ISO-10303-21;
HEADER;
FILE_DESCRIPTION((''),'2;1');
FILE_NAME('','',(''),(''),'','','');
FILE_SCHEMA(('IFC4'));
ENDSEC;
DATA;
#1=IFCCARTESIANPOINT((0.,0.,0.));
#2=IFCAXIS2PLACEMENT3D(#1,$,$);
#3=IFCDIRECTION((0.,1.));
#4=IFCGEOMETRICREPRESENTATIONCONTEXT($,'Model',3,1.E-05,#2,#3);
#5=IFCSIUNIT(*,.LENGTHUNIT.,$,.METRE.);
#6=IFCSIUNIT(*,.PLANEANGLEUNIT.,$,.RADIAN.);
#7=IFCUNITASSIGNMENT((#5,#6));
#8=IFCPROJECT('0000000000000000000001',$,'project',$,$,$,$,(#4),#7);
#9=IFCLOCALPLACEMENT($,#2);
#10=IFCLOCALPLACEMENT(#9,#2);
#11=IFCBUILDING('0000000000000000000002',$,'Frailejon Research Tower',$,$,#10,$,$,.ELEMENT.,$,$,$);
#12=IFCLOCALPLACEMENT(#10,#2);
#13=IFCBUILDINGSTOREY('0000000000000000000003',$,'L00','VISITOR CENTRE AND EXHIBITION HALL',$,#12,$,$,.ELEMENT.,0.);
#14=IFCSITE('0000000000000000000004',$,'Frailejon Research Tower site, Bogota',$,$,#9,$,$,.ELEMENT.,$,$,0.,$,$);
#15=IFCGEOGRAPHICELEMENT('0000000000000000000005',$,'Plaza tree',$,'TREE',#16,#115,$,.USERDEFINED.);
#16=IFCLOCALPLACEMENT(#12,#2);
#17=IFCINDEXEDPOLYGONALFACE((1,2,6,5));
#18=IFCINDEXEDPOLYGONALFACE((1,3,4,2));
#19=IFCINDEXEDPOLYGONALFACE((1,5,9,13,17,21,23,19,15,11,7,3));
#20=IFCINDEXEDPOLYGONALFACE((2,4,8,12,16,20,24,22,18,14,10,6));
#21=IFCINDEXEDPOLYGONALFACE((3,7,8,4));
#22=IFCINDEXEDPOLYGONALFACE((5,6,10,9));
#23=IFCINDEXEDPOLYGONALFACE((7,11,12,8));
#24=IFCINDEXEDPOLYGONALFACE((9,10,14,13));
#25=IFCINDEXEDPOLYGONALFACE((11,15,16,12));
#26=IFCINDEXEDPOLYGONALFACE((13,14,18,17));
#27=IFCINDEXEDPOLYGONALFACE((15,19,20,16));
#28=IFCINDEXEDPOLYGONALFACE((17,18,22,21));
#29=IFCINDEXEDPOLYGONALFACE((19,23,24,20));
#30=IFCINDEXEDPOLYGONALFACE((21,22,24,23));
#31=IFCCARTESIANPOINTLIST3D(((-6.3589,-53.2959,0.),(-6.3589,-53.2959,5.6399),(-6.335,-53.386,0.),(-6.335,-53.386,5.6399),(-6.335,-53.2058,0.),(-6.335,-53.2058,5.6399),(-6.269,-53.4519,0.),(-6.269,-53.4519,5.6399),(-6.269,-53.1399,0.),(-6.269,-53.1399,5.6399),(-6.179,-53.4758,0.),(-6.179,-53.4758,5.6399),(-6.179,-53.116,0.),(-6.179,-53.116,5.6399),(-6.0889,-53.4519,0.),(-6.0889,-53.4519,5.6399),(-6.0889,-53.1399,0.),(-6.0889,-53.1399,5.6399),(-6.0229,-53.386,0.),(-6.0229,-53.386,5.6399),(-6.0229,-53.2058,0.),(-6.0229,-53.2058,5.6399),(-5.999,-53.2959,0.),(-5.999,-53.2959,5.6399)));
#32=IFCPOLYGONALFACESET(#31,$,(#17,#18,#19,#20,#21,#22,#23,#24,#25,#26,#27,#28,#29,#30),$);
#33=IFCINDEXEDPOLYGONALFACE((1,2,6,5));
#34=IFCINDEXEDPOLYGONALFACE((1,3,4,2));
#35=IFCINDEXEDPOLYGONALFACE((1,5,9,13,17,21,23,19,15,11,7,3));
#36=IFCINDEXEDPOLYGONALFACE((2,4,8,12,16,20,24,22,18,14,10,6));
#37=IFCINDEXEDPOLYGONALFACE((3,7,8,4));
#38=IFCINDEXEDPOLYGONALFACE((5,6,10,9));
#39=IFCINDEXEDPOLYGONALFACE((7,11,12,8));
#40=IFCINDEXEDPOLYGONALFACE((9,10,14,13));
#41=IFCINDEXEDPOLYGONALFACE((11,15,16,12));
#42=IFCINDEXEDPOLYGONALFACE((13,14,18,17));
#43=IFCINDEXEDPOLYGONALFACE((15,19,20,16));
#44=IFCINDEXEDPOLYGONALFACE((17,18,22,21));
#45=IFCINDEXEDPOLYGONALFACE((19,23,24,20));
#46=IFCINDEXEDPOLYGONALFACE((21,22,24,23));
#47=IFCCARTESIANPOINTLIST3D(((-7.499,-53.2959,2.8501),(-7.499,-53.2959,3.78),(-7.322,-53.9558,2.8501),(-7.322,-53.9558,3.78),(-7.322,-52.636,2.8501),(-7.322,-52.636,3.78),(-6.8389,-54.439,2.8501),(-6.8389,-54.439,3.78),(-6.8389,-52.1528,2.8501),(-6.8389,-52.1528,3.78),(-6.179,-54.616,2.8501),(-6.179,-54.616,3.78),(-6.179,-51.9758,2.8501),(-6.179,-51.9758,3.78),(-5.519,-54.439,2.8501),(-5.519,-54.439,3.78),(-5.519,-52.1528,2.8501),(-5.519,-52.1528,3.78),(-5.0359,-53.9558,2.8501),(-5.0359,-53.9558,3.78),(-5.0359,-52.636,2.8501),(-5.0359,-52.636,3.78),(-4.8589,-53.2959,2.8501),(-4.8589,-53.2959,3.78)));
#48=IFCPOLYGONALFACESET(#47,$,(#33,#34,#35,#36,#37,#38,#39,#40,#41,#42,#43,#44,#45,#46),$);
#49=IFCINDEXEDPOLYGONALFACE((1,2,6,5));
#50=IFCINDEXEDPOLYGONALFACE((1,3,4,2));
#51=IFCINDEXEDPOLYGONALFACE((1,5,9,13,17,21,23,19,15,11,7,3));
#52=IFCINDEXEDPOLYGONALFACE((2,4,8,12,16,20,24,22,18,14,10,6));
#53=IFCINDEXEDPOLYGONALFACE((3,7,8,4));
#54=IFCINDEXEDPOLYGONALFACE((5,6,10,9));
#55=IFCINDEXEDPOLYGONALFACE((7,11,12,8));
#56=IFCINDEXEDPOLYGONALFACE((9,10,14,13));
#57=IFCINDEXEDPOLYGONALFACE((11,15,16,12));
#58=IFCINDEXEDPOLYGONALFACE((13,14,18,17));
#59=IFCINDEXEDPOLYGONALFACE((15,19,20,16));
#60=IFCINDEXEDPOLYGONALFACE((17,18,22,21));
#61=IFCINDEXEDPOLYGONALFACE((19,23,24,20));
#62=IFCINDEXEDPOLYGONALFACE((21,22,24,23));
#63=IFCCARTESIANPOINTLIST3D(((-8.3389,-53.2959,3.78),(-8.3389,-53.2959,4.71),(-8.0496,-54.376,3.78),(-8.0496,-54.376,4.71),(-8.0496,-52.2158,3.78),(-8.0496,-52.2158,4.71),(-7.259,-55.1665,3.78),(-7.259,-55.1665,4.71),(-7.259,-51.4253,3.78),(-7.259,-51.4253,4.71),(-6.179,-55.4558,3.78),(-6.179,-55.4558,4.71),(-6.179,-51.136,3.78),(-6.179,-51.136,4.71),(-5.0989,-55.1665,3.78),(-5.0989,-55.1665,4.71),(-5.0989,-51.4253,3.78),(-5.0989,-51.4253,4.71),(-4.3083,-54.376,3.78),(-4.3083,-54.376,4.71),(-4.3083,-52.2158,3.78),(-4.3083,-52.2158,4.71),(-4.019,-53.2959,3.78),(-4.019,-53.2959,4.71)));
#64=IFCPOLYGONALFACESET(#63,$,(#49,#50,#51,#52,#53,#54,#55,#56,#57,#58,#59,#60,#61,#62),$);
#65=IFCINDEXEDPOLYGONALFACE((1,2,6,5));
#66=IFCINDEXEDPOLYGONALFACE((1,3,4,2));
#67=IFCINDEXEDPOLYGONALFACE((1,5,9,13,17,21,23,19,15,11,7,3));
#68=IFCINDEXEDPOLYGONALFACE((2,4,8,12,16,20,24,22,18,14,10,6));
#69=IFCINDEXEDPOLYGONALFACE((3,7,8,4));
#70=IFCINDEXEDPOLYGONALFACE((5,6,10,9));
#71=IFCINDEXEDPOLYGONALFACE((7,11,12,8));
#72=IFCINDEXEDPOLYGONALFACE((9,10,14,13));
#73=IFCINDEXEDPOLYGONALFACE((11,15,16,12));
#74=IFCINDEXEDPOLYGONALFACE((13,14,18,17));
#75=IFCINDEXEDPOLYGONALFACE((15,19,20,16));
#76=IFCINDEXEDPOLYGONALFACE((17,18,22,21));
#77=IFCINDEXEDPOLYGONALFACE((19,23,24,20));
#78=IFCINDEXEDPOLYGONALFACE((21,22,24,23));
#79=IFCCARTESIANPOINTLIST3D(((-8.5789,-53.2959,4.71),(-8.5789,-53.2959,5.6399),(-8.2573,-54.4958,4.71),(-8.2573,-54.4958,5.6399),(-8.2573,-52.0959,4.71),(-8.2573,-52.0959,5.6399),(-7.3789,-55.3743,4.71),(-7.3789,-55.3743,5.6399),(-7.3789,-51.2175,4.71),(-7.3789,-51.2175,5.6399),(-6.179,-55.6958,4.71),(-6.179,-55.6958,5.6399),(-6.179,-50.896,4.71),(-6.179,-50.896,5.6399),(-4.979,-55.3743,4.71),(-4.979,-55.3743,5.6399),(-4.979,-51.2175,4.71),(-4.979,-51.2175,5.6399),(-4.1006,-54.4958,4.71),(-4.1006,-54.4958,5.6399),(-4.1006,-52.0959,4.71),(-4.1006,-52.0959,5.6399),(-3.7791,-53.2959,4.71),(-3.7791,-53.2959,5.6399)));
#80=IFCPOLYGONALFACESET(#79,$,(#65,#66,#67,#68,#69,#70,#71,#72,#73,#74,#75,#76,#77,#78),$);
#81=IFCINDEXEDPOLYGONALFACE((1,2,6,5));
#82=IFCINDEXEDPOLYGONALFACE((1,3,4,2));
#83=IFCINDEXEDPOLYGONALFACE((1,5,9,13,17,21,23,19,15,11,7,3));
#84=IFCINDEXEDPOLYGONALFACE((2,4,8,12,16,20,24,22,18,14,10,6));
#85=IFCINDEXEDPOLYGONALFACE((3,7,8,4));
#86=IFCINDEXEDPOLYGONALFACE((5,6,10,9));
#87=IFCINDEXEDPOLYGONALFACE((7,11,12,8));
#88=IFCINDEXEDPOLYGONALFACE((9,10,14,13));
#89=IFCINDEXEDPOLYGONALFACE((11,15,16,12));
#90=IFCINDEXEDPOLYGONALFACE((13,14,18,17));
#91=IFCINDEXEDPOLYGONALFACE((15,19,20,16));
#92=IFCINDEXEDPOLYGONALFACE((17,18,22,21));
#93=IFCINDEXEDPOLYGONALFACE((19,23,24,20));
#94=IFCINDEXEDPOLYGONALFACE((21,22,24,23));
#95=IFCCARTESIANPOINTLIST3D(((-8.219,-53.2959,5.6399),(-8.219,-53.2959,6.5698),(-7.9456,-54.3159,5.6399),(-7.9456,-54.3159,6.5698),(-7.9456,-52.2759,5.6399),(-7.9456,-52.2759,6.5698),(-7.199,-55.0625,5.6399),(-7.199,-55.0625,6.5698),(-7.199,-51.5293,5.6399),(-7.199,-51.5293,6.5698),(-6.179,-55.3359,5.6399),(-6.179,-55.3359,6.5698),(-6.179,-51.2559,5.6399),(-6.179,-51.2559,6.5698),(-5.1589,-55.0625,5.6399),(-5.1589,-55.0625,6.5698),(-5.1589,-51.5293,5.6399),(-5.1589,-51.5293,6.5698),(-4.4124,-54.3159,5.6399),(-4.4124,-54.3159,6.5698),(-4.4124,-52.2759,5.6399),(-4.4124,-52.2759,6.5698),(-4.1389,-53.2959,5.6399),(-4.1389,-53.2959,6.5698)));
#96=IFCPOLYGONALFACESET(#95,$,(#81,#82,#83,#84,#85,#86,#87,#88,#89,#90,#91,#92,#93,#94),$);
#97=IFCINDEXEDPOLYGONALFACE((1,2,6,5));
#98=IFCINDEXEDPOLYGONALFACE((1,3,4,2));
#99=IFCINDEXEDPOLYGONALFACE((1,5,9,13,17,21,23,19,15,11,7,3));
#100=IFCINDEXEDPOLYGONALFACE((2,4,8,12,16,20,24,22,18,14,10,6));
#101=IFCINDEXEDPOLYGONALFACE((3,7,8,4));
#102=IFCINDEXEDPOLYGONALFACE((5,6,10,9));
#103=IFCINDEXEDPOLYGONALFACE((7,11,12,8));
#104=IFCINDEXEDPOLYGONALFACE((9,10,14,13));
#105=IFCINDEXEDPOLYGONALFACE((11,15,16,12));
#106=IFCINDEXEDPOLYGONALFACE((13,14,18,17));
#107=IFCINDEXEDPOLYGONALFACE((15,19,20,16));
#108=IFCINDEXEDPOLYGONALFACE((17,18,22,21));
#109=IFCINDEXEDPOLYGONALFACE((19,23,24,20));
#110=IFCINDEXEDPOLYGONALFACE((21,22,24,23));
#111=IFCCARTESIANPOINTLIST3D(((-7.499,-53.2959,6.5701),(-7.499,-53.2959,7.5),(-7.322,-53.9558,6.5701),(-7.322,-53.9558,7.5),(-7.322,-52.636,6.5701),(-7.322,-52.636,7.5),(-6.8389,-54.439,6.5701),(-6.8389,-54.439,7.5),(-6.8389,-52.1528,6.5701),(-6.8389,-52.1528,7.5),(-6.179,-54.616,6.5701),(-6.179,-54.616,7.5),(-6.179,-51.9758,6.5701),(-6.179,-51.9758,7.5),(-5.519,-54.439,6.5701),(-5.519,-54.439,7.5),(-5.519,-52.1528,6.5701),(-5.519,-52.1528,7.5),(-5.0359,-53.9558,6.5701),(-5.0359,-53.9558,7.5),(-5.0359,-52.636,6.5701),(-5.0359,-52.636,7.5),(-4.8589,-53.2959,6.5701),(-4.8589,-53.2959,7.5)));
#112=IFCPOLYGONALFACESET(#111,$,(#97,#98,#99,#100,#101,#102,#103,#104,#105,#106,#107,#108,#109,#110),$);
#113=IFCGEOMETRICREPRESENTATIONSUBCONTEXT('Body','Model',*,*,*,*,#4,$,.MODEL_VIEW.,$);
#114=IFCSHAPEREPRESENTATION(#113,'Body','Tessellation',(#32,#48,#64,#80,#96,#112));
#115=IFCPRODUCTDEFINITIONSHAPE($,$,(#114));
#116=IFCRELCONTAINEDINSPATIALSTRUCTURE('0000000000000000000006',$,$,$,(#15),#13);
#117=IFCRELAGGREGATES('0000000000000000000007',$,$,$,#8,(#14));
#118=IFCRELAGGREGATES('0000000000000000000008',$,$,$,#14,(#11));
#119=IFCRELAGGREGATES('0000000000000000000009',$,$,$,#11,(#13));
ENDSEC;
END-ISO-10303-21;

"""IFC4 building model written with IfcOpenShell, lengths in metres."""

from ifc_helpers import new_model, si_unit, direction, frame, origin, place, context, subcontext, project, spatial, polyline, outline, extrude, element, save


model = new_model("IFC4")

# Units and contexts
model_context = context("Model", 3, precision=1e-05, world=origin(), true_north=direction((0.0, 1.0)))
body_context = subcontext(model_context, "Body", "Model", "MODEL_VIEW")
ifc_project = project(units=[si_unit("LENGTHUNIT", "METRE"), si_unit("PLANEANGLEUNIT", "RADIAN")], contexts=[model_context])

# Site, building, storey
site_placement = place(None, origin())
site = spatial("IfcSite", under=ifc_project, at=site_placement, Name="Frailejon Research Tower site, Bogota", CompositionType="ELEMENT", RefElevation=0.0)
building_placement = place(site_placement, origin())
building = spatial("IfcBuilding", under=site, at=building_placement, Name="Frailejon Research Tower", CompositionType="ELEMENT")
storey_placement = place(building_placement, origin())
storey = spatial("IfcBuildingStorey", under=building, at=storey_placement, Name="L00", Description="VISITOR CENTRE AND EXHIBITION HALL", CompositionType="ELEMENT", Elevation=0.0)

# Geographic element
geographic_element_1_placement = place(storey_placement, frame((-6.179, -53.2959, 0.0)))
element("IfcGeographicElement", 1, at=geographic_element_1_placement, inside=storey, Name="Plaza tree", ObjectType="TREE", PredefinedType="USERDEFINED", context=body_context, shape_type="SweptSolid", body=[
    extrude(outline(polyline([(0.1799, 0.0), (0.156, 0.0901), (0.0901, 0.156), (0.0, 0.1799), (-0.0901, 0.156), (-0.156, 0.0901), (-0.1799, 0.0), (-0.156, -0.0901), (-0.0901, -0.156), (0.0, -0.1799), (0.0901, -0.156), (0.156, -0.0901), (0.1799, 0.0)])), origin(), (0.0, 0.0, 1.0), 5.6399),
    extrude(outline(polyline([(1.3201, 0.0), (1.1431, 0.6599), (0.6599, 1.1431), (0.0, 1.3201), (-0.6599, 1.1431), (-1.1431, 0.6599), (-1.3201, 0.0), (-1.1431, -0.6599), (-0.6599, -1.1431), (0.0, -1.3201), (0.6599, -1.1431), (1.1431, -0.6599), (1.3201, 0.0)])), frame((0.0, 0.0, 2.8501)), (0.0, 0.0, 1.0), 0.9299),
    extrude(outline(polyline([(2.1599, 0.0), (1.8706, 1.0801), (1.0801, 1.8706), (0.0, 2.1599), (-1.0801, 1.8706), (-1.8706, 1.0801), (-2.1599, 0.0), (-1.8706, -1.0801), (-1.0801, -1.8706), (0.0, -2.1599), (1.0801, -1.8706), (1.8706, -1.0801), (2.1599, 0.0)])), frame((0.0, 0.0, 3.78)), (0.0, 0.0, 1.0), 0.9299),
    extrude(outline(polyline([(2.3999, 0.0), (2.0784, 1.2), (1.2, 2.0784), (0.0, 2.3999), (-1.2, 2.0784), (-2.0784, 1.2), (-2.3999, 0.0), (-2.0784, -1.2), (-1.2, -2.0784), (0.0, -2.3999), (1.2, -2.0784), (2.0784, -1.2), (2.3999, 0.0)])), frame((0.0, 0.0, 4.71)), (0.0, 0.0, 1.0), 0.9299),
    extrude(outline(polyline([(2.04, 0.0), (1.7666, 1.02), (1.02, 1.7666), (0.0, 2.04), (-1.02, 1.7666), (-1.7666, 1.02), (-2.04, 0.0), (-1.7666, -1.02), (-1.02, -1.7666), (0.0, -2.04), (1.02, -1.7666), (1.7666, -1.02), (2.04, 0.0)])), frame((0.0, 0.0, 5.6399)), (0.0, 0.0, 1.0), 0.9299),
    extrude(outline(polyline([(1.3201, 0.0), (1.1431, 0.6599), (0.6599, 1.1431), (0.0, 1.3201), (-0.6599, 1.1431), (-1.1431, 0.6599), (-1.3201, 0.0), (-1.1431, -0.6599), (-0.6599, -1.1431), (0.0, -1.3201), (0.6599, -1.1431), (1.1431, -0.6599), (1.3201, 0.0)])), frame((0.0, 0.0, 6.5701)), (0.0, 0.0, 1.0), 0.9299),
])

save(model, "model.ifc")
